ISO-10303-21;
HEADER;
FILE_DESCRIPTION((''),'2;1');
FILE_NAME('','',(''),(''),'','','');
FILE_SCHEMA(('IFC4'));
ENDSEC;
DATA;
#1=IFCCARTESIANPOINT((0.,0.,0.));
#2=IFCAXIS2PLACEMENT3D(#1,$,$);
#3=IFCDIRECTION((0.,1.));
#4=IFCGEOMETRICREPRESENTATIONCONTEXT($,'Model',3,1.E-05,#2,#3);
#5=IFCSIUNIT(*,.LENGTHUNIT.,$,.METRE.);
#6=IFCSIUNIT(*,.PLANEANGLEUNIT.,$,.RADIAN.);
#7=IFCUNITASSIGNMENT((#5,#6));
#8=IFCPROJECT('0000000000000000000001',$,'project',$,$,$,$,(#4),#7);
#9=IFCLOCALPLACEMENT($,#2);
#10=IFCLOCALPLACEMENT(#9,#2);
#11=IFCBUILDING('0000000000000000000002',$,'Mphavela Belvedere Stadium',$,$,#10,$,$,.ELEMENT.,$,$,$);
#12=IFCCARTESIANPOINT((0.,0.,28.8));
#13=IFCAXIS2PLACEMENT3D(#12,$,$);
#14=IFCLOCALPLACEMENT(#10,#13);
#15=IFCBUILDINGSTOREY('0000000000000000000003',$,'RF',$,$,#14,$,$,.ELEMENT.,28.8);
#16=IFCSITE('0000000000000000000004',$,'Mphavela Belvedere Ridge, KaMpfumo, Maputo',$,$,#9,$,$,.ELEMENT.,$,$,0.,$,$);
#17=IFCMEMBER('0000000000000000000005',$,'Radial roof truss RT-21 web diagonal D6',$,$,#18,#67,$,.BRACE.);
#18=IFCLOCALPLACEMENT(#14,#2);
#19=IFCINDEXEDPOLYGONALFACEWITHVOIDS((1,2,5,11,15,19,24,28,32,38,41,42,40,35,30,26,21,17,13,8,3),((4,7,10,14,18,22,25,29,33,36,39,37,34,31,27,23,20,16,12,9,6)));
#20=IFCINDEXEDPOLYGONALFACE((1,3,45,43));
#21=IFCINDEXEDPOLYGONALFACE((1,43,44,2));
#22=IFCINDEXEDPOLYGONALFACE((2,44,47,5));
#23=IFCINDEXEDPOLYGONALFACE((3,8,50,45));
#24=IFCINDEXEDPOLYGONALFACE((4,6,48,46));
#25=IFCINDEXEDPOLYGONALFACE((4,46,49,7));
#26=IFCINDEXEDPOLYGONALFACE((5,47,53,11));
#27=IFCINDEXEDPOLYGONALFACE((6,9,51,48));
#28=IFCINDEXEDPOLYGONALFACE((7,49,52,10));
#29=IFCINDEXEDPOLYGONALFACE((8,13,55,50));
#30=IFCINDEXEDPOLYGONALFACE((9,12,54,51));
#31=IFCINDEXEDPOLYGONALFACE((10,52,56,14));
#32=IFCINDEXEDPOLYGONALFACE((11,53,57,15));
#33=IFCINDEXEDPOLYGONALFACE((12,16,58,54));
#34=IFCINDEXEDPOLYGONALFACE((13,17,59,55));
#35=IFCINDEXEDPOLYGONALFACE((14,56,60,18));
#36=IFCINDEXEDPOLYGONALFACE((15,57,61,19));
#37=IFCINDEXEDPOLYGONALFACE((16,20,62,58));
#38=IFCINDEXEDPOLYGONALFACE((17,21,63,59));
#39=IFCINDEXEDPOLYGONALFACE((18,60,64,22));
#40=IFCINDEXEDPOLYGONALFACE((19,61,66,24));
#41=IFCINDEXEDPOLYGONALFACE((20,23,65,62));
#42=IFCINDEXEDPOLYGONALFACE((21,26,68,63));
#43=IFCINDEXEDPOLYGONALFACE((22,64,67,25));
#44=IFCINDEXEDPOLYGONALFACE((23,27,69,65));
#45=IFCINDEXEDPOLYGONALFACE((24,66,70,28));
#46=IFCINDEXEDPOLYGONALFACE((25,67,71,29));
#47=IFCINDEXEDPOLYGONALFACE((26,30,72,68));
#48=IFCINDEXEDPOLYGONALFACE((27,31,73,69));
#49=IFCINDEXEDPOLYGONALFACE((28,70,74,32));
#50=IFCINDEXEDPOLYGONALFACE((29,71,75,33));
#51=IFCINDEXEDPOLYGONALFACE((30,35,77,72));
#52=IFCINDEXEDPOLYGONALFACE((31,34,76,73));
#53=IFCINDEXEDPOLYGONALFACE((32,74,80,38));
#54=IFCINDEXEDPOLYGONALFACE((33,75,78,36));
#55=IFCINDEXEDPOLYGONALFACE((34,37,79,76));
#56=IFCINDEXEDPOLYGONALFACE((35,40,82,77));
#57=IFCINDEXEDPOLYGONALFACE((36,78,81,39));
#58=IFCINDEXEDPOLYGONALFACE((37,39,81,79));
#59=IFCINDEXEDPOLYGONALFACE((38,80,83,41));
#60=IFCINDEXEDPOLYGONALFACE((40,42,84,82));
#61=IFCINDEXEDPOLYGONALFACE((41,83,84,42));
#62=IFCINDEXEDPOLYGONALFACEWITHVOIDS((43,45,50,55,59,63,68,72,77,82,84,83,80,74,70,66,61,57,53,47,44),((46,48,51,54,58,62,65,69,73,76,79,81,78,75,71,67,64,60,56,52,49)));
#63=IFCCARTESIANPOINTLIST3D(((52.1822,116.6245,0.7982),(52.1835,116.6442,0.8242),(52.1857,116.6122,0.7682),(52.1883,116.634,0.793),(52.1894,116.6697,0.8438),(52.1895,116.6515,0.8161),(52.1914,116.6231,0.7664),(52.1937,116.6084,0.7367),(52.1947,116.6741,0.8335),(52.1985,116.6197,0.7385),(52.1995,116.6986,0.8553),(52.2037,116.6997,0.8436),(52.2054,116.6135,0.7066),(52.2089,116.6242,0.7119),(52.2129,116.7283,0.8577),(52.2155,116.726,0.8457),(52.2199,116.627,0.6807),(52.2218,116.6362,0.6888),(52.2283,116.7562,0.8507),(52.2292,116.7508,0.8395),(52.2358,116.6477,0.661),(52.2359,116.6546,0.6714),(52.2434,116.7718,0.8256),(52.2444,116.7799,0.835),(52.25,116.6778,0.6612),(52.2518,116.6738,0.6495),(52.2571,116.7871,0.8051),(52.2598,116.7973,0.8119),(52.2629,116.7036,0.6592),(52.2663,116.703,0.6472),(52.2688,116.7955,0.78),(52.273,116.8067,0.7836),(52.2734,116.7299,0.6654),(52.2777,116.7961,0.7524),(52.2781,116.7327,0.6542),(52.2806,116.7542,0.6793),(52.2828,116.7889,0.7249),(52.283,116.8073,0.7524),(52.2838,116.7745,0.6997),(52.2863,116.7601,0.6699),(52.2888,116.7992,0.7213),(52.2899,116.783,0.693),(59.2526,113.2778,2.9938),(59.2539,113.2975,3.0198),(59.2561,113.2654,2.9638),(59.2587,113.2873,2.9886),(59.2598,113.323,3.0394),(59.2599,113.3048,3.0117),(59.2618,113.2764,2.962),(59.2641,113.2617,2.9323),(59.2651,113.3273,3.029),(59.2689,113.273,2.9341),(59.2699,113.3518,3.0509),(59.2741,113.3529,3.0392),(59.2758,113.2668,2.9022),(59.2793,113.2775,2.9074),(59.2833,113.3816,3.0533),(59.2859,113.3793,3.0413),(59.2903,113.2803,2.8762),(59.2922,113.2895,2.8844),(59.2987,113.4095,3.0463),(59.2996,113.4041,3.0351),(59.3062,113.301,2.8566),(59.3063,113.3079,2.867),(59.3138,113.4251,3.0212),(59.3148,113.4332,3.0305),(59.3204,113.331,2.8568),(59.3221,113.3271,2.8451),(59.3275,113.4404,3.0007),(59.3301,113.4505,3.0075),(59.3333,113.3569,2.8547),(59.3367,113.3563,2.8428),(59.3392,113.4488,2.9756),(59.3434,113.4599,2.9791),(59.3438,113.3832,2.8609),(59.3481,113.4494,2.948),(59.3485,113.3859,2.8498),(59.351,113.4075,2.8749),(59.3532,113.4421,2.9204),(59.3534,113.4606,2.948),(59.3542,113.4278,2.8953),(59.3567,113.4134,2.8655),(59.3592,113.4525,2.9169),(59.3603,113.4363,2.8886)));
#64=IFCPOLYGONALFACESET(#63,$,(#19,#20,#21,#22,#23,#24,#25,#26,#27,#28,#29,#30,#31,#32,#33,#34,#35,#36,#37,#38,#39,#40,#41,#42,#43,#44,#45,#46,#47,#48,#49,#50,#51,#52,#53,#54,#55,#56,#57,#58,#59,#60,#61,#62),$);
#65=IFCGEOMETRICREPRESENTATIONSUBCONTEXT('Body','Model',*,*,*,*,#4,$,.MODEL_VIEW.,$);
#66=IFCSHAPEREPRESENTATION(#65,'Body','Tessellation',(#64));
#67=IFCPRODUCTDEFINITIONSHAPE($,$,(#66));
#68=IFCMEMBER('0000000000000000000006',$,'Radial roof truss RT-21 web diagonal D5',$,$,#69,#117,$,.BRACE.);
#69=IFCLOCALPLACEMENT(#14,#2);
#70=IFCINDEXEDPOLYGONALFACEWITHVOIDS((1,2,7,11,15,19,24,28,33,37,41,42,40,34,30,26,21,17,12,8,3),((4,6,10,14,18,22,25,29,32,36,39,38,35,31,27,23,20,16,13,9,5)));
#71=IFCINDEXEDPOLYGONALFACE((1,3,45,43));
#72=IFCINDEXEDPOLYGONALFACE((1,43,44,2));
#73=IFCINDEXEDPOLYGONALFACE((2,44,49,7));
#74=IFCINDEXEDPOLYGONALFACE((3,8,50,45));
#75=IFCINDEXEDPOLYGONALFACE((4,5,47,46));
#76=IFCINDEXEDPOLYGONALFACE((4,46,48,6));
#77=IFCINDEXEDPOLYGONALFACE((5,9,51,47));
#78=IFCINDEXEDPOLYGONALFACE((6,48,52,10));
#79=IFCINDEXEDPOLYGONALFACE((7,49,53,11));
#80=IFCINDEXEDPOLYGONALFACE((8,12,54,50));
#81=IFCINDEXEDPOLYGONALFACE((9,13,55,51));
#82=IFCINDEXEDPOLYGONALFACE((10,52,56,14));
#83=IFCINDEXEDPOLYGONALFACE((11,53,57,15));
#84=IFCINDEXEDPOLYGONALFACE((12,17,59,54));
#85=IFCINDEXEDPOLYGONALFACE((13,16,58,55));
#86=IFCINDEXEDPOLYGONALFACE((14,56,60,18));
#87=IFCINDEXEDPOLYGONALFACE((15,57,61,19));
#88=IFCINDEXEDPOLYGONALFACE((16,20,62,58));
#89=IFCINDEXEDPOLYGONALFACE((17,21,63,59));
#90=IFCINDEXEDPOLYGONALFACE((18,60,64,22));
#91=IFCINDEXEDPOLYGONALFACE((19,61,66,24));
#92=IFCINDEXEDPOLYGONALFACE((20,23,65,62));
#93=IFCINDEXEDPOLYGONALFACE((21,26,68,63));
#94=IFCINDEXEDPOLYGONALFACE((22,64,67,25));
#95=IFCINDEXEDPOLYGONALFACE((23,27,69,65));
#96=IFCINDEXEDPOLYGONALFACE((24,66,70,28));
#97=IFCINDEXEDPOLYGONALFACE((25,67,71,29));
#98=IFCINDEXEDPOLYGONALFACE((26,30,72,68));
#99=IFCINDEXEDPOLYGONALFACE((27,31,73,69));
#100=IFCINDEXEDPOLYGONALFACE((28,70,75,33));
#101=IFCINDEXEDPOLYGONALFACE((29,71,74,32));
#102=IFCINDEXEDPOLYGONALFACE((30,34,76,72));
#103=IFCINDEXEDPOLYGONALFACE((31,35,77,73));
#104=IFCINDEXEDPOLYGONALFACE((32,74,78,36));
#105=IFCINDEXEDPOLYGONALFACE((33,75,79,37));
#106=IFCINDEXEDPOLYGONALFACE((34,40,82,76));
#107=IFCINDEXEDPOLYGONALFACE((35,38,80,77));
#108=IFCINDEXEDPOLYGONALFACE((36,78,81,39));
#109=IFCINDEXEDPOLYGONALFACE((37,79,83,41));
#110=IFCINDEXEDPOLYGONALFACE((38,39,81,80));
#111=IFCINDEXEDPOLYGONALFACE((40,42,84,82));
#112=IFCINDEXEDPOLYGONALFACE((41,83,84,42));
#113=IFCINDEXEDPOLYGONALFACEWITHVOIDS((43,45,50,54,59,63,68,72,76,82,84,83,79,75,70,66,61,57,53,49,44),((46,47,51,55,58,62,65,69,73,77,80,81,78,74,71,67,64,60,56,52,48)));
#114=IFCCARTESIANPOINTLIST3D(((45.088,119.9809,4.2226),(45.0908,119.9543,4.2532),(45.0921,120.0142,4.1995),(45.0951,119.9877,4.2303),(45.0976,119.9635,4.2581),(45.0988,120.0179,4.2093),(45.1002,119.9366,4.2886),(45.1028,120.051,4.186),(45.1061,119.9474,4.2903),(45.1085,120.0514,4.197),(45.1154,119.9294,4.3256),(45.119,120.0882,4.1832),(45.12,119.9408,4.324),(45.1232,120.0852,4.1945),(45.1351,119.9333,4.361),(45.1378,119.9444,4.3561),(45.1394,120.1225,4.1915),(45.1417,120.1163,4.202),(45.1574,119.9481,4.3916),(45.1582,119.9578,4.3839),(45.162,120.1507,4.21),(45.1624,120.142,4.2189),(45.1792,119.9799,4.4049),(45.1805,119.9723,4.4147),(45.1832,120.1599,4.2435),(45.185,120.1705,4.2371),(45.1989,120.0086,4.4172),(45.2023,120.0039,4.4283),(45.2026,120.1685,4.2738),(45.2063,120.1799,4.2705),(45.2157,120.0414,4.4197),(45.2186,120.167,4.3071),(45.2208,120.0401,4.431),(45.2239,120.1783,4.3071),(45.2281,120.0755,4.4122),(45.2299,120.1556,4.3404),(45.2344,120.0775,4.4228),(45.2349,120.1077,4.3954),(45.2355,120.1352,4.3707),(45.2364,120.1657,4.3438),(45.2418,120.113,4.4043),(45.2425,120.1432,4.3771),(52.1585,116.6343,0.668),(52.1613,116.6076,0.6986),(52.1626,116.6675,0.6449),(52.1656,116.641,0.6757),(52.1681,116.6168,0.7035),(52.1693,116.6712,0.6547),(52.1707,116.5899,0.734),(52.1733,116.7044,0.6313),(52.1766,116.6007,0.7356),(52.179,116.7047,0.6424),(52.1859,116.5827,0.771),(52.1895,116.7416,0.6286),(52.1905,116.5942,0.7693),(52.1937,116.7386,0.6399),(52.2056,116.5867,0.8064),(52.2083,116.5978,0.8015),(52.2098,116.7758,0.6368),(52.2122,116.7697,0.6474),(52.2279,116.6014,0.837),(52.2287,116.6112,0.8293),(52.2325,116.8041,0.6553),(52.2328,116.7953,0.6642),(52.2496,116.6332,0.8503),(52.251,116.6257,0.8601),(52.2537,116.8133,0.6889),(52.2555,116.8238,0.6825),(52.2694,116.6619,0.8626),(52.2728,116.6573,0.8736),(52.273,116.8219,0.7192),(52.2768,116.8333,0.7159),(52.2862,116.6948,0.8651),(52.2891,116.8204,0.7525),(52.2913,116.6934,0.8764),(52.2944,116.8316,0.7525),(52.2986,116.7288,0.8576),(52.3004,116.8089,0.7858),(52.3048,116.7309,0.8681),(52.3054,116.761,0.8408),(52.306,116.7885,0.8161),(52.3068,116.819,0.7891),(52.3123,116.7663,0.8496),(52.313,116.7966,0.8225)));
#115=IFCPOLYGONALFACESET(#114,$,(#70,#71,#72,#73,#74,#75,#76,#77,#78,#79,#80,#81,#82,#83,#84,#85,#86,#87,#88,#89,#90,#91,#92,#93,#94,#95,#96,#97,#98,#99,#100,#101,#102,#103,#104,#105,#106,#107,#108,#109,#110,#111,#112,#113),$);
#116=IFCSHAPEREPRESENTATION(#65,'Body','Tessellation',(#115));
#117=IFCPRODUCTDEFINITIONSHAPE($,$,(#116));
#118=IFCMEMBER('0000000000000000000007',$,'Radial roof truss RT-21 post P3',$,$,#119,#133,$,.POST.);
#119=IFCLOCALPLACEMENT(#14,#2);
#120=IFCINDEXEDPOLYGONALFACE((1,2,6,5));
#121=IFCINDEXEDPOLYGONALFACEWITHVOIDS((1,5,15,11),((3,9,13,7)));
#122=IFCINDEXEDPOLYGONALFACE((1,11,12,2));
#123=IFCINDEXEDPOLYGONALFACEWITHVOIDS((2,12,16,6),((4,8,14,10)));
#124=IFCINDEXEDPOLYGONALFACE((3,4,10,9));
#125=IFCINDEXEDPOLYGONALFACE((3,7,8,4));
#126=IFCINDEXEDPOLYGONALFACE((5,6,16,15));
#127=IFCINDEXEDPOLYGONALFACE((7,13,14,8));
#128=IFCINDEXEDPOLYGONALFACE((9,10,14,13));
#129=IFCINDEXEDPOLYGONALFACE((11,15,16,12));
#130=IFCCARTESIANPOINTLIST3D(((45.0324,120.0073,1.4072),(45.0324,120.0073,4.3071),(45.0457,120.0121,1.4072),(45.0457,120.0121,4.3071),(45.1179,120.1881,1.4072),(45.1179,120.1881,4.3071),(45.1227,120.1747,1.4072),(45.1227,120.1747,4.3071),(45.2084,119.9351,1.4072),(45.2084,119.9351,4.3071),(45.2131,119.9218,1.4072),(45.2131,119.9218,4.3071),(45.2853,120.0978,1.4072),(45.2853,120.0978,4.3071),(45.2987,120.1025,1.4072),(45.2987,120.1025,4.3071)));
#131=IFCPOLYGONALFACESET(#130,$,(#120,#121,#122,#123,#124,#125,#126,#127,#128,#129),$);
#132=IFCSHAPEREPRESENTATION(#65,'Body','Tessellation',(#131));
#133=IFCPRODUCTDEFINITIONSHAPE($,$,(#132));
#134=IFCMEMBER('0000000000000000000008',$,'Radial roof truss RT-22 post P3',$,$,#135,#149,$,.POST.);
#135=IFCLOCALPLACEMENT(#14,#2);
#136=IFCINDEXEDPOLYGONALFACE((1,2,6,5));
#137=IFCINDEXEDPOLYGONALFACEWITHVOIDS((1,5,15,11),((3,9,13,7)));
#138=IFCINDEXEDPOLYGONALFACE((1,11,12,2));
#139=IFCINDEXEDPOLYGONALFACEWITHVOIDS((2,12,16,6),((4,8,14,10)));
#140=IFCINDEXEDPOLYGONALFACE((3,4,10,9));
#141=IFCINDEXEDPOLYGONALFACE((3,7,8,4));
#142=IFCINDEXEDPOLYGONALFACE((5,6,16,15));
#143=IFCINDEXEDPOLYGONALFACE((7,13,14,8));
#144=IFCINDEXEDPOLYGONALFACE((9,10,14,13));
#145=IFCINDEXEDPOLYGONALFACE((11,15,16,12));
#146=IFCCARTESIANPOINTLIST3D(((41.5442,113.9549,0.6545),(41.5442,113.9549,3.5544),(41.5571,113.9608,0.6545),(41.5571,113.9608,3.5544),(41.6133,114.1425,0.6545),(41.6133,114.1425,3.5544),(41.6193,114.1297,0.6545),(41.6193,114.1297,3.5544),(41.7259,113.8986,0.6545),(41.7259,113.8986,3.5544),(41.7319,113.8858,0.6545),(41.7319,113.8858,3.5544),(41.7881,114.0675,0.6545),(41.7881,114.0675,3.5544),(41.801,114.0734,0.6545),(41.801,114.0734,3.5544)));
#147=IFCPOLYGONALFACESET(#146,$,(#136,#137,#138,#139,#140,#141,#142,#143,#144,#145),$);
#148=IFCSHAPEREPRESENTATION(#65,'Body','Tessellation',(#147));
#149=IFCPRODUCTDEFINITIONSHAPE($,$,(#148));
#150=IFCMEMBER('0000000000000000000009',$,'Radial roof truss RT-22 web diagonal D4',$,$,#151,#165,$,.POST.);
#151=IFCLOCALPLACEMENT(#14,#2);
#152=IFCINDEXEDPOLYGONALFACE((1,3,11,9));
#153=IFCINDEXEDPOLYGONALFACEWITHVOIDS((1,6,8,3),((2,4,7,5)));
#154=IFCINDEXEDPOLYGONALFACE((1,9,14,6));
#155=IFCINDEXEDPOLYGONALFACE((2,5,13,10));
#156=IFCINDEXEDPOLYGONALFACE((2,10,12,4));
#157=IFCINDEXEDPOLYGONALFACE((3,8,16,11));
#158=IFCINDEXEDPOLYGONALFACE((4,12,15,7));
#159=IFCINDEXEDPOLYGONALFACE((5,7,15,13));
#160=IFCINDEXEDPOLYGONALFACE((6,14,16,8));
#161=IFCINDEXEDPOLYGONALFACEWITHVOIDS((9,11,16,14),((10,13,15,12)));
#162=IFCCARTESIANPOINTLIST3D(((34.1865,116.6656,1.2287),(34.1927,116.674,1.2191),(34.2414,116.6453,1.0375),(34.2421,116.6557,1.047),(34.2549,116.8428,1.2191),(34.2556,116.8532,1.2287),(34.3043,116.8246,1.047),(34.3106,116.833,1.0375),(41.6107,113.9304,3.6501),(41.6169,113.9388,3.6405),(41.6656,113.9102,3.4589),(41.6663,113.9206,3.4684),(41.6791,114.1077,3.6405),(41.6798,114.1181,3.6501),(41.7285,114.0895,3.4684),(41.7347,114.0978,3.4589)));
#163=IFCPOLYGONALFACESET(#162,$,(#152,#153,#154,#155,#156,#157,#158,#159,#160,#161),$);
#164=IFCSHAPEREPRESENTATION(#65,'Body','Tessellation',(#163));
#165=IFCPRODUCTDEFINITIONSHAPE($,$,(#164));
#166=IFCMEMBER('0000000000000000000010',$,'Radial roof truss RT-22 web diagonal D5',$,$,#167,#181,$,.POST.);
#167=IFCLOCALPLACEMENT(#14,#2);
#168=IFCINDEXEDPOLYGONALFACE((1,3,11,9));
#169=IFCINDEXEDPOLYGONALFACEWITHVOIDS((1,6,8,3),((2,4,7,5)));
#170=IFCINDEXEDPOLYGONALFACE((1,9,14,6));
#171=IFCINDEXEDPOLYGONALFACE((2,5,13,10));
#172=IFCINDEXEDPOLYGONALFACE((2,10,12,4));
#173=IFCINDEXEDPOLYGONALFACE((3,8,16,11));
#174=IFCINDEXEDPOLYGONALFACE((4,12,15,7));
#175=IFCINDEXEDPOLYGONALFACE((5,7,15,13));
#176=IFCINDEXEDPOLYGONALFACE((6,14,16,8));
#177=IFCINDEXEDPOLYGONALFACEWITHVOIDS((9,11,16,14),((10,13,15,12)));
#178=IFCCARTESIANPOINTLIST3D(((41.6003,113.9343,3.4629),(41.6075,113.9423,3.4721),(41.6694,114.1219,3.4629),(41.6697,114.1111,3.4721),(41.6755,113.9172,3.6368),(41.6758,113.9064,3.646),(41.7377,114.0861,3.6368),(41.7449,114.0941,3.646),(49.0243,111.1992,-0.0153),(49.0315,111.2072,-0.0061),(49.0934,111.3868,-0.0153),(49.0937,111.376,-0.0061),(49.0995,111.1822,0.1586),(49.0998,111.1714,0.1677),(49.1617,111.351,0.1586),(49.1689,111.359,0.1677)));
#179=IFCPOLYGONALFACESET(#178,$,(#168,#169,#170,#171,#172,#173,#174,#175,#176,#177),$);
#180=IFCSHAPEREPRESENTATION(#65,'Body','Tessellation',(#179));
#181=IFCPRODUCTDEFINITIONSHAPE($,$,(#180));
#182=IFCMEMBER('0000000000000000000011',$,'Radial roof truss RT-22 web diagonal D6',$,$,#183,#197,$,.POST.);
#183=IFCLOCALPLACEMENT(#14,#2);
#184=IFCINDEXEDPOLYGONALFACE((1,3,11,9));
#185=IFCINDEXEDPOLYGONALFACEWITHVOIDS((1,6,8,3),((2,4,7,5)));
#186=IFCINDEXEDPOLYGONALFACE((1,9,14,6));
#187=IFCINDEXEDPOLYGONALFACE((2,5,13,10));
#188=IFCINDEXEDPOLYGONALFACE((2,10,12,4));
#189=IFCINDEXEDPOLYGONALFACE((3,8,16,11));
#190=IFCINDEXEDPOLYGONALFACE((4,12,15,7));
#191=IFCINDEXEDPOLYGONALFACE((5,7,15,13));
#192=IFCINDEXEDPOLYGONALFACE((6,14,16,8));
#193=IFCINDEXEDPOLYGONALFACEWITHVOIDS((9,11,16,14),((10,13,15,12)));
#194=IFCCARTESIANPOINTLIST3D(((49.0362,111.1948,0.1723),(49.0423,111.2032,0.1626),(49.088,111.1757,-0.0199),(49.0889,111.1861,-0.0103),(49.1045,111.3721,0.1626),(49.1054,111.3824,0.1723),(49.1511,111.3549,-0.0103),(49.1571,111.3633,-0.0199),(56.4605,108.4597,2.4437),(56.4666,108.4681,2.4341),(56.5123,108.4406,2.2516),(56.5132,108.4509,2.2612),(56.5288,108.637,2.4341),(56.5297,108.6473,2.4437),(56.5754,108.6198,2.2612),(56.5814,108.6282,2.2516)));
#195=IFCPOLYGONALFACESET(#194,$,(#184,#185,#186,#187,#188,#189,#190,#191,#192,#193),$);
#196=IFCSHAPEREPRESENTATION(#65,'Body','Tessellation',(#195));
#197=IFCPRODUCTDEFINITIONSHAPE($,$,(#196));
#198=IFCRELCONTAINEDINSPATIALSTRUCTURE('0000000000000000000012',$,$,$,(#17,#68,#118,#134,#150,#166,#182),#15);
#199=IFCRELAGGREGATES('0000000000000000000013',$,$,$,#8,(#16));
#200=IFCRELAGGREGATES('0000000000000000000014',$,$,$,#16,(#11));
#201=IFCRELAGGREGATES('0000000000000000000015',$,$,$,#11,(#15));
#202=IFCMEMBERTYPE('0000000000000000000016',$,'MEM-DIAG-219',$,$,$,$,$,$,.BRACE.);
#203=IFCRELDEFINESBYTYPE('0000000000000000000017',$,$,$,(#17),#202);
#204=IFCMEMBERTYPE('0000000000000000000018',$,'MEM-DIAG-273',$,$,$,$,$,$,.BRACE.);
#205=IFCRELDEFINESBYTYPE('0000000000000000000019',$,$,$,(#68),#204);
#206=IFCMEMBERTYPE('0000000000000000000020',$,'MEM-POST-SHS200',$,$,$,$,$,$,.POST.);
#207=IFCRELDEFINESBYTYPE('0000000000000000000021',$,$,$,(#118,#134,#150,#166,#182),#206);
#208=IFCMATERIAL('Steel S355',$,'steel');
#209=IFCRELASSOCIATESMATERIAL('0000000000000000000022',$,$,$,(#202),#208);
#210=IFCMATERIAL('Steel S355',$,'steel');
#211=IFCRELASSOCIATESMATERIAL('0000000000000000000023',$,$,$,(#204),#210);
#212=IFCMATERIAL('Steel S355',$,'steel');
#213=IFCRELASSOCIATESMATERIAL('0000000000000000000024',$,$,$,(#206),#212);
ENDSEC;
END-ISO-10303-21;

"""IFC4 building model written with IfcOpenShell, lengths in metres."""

from ifc_helpers import new_model, si_unit, direction, frame, origin, origin_2d, place, context, subcontext, project, spatial, hollow_rectangle, hollow_circle, extrude, material, material_profile, profile_set, type_object, element, save


model = new_model("IFC4")

# Units and contexts
model_context = context("Model", 3, precision=1e-05, world=origin(), true_north=direction((0.0, 1.0)))
body_context = subcontext(model_context, "Body", "Model", "MODEL_VIEW")
ifc_project = project(units=[si_unit("LENGTHUNIT", "METRE"), si_unit("PLANEANGLEUNIT", "RADIAN")], contexts=[model_context])

# Site, building, storey
site_placement = place(None, origin())
site = spatial("IfcSite", under=ifc_project, at=site_placement, Name="Mphavela Belvedere Ridge, KaMpfumo, Maputo", CompositionType="ELEMENT", RefElevation=0.0)
building_placement = place(site_placement, origin())
building = spatial("IfcBuilding", under=site, at=building_placement, Name="Mphavela Belvedere Stadium", CompositionType="ELEMENT")
storey_placement = place(building_placement, frame((0.0, 0.0, 28.8)))
storey = spatial("IfcBuildingStorey", under=building, at=storey_placement, Name="RF", CompositionType="ELEMENT", Elevation=28.8)

# Members
ifc_material_1 = material(Name="Steel S355", Category="steel")
ifc_material_profile_1 = material_profile(ifc_material_1, hollow_circle(Radius=0.1096, WallThickness=0.0125, at=origin_2d()), Name="CHS 219.1x12.5")
ifc_profile_set_1 = profile_set([ifc_material_profile_1], Name="Steel S355")
member_type_1 = type_object("IfcMemberType", Name="MEM-DIAG-219", PredefinedType="BRACE", material=ifc_profile_set_1)
member_1_placement = place(storey_placement, frame((52.2361, 116.7083, 0.7524), z_axis=(0.870229, -0.411916, 0.270234), x_axis=(0.427834, 0.903857, 0.0)))
element("IfcMember", 1, at=member_1_placement, inside=storey, type_object=member_type_1, Name="Radial roof truss RT-21 web diagonal D6", PredefinedType="BRACE", context=body_context, shape_type="SweptSolid", body=[
    extrude(hollow_circle(Radius=0.1096, WallThickness=0.0125, at=origin_2d()), origin(), (0.0, 0.0, 1.0), 8.1248),
])
ifc_material_2 = material(Name="Steel S355", Category="steel")
ifc_material_profile_2 = material_profile(ifc_material_2, hollow_circle(Radius=0.1365, WallThickness=0.0125, at=origin_2d()), Name="CHS 273x12.5")
ifc_profile_set_2 = profile_set([ifc_material_profile_2], Name="Steel S355")
member_type_2 = type_object("IfcMemberType", Name="MEM-DIAG-273", PredefinedType="BRACE", material=ifc_profile_set_2)
member_2_placement = place(storey_placement, frame((45.1655, 120.0549, 4.3071), z_axis=(0.822888, -0.389494, -0.413703), x_axis=(0.427822, 0.903863, 0.0)))
element("IfcMember", 2, at=member_2_placement, inside=storey, type_object=member_type_2, Name="Radial roof truss RT-21 web diagonal D5", PredefinedType="BRACE", context=body_context, shape_type="SweptSolid", body=[
    extrude(hollow_circle(Radius=0.1365, WallThickness=0.0125, at=origin_2d()), origin(), (0.0, 0.0, 1.0), 8.5923),
])
ifc_material_3 = material(Name="Steel S355", Category="steel")
ifc_material_profile_3 = material_profile(ifc_material_3, hollow_rectangle(XDim=0.2, YDim=0.2, WallThickness=0.01, at=origin_2d()), Name="SHS 200x200x10")
ifc_profile_set_3 = profile_set([ifc_material_profile_3], Name="Steel S355")
member_type_3 = type_object("IfcMemberType", Name="MEM-POST-SHS200", PredefinedType="POST", material=ifc_profile_set_3)
for number, where, z_axis, x_axis, name in (
    (3, (45.1655, 120.0549, 1.4072), (0.0, 0.0, 1.0), (-0.903859, 0.427831, 0.0), "Radial roof truss RT-21 post P3"),
    (4, (41.6726, 114.0142, 0.6545), (0.0, 0.0, 1.0), (-0.938372, 0.345626, 0.0), "Radial roof truss RT-22 post P3"),
):
    element("IfcMember", number, at=place(storey_placement, frame(where, z_axis=z_axis, x_axis=x_axis)), inside=storey, type_object=member_type_3, Name=name, PredefinedType="POST", context=body_context, shape_type="SweptSolid", body=[
        extrude(hollow_rectangle(XDim=0.2, YDim=0.2, WallThickness=0.01, at=origin_2d()), origin(), (0.0, 0.0, 1.0), 2.8999),
    ])
member_3_placement = place(storey_placement, frame((34.2485, 116.7493, 1.1331), z_axis=(0.897266, -0.330562, 0.292646), x_axis=(0.345697, 0.938346, 0.0)))
element("IfcMember", 5, at=member_3_placement, inside=storey, type_object=member_type_3, Name="Radial roof truss RT-22 web diagonal D4", PredefinedType="POST", context=body_context, shape_type="SweptSolid", body=[
    extrude(hollow_rectangle(XDim=0.2, YDim=0.2, WallThickness=0.01, at=origin_2d()), origin(), (0.0, 0.0, 1.0), 8.2742),
])
member_4_placement = place(storey_placement, frame((41.6726, 114.0142, 3.5544), z_axis=(0.859001, -0.316465, -0.402453), x_axis=(0.345697, 0.938346, 0.0)))
element("IfcMember", 6, at=member_4_placement, inside=storey, type_object=member_type_3, Name="Radial roof truss RT-22 web diagonal D5", PredefinedType="POST", context=body_context, shape_type="SweptSolid", body=[
    extrude(hollow_rectangle(XDim=0.2, YDim=0.2, WallThickness=0.01, at=origin_2d()), origin(), (0.0, 0.0, 1.0), 8.6426),
])
member_5_placement = place(storey_placement, frame((49.0967, 111.2791, 0.0762), z_axis=(0.901917, -0.332265, 0.275943), x_axis=(0.345687, 0.93835, 0.0)))
element("IfcMember", 7, at=member_5_placement, inside=storey, type_object=member_type_3, Name="Radial roof truss RT-22 web diagonal D6", PredefinedType="POST", context=body_context, shape_type="SweptSolid", body=[
    extrude(hollow_rectangle(XDim=0.2, YDim=0.2, WallThickness=0.01, at=origin_2d()), origin(), (0.0, 0.0, 1.0), 8.2317),
])

save(model, "model.ifc")
